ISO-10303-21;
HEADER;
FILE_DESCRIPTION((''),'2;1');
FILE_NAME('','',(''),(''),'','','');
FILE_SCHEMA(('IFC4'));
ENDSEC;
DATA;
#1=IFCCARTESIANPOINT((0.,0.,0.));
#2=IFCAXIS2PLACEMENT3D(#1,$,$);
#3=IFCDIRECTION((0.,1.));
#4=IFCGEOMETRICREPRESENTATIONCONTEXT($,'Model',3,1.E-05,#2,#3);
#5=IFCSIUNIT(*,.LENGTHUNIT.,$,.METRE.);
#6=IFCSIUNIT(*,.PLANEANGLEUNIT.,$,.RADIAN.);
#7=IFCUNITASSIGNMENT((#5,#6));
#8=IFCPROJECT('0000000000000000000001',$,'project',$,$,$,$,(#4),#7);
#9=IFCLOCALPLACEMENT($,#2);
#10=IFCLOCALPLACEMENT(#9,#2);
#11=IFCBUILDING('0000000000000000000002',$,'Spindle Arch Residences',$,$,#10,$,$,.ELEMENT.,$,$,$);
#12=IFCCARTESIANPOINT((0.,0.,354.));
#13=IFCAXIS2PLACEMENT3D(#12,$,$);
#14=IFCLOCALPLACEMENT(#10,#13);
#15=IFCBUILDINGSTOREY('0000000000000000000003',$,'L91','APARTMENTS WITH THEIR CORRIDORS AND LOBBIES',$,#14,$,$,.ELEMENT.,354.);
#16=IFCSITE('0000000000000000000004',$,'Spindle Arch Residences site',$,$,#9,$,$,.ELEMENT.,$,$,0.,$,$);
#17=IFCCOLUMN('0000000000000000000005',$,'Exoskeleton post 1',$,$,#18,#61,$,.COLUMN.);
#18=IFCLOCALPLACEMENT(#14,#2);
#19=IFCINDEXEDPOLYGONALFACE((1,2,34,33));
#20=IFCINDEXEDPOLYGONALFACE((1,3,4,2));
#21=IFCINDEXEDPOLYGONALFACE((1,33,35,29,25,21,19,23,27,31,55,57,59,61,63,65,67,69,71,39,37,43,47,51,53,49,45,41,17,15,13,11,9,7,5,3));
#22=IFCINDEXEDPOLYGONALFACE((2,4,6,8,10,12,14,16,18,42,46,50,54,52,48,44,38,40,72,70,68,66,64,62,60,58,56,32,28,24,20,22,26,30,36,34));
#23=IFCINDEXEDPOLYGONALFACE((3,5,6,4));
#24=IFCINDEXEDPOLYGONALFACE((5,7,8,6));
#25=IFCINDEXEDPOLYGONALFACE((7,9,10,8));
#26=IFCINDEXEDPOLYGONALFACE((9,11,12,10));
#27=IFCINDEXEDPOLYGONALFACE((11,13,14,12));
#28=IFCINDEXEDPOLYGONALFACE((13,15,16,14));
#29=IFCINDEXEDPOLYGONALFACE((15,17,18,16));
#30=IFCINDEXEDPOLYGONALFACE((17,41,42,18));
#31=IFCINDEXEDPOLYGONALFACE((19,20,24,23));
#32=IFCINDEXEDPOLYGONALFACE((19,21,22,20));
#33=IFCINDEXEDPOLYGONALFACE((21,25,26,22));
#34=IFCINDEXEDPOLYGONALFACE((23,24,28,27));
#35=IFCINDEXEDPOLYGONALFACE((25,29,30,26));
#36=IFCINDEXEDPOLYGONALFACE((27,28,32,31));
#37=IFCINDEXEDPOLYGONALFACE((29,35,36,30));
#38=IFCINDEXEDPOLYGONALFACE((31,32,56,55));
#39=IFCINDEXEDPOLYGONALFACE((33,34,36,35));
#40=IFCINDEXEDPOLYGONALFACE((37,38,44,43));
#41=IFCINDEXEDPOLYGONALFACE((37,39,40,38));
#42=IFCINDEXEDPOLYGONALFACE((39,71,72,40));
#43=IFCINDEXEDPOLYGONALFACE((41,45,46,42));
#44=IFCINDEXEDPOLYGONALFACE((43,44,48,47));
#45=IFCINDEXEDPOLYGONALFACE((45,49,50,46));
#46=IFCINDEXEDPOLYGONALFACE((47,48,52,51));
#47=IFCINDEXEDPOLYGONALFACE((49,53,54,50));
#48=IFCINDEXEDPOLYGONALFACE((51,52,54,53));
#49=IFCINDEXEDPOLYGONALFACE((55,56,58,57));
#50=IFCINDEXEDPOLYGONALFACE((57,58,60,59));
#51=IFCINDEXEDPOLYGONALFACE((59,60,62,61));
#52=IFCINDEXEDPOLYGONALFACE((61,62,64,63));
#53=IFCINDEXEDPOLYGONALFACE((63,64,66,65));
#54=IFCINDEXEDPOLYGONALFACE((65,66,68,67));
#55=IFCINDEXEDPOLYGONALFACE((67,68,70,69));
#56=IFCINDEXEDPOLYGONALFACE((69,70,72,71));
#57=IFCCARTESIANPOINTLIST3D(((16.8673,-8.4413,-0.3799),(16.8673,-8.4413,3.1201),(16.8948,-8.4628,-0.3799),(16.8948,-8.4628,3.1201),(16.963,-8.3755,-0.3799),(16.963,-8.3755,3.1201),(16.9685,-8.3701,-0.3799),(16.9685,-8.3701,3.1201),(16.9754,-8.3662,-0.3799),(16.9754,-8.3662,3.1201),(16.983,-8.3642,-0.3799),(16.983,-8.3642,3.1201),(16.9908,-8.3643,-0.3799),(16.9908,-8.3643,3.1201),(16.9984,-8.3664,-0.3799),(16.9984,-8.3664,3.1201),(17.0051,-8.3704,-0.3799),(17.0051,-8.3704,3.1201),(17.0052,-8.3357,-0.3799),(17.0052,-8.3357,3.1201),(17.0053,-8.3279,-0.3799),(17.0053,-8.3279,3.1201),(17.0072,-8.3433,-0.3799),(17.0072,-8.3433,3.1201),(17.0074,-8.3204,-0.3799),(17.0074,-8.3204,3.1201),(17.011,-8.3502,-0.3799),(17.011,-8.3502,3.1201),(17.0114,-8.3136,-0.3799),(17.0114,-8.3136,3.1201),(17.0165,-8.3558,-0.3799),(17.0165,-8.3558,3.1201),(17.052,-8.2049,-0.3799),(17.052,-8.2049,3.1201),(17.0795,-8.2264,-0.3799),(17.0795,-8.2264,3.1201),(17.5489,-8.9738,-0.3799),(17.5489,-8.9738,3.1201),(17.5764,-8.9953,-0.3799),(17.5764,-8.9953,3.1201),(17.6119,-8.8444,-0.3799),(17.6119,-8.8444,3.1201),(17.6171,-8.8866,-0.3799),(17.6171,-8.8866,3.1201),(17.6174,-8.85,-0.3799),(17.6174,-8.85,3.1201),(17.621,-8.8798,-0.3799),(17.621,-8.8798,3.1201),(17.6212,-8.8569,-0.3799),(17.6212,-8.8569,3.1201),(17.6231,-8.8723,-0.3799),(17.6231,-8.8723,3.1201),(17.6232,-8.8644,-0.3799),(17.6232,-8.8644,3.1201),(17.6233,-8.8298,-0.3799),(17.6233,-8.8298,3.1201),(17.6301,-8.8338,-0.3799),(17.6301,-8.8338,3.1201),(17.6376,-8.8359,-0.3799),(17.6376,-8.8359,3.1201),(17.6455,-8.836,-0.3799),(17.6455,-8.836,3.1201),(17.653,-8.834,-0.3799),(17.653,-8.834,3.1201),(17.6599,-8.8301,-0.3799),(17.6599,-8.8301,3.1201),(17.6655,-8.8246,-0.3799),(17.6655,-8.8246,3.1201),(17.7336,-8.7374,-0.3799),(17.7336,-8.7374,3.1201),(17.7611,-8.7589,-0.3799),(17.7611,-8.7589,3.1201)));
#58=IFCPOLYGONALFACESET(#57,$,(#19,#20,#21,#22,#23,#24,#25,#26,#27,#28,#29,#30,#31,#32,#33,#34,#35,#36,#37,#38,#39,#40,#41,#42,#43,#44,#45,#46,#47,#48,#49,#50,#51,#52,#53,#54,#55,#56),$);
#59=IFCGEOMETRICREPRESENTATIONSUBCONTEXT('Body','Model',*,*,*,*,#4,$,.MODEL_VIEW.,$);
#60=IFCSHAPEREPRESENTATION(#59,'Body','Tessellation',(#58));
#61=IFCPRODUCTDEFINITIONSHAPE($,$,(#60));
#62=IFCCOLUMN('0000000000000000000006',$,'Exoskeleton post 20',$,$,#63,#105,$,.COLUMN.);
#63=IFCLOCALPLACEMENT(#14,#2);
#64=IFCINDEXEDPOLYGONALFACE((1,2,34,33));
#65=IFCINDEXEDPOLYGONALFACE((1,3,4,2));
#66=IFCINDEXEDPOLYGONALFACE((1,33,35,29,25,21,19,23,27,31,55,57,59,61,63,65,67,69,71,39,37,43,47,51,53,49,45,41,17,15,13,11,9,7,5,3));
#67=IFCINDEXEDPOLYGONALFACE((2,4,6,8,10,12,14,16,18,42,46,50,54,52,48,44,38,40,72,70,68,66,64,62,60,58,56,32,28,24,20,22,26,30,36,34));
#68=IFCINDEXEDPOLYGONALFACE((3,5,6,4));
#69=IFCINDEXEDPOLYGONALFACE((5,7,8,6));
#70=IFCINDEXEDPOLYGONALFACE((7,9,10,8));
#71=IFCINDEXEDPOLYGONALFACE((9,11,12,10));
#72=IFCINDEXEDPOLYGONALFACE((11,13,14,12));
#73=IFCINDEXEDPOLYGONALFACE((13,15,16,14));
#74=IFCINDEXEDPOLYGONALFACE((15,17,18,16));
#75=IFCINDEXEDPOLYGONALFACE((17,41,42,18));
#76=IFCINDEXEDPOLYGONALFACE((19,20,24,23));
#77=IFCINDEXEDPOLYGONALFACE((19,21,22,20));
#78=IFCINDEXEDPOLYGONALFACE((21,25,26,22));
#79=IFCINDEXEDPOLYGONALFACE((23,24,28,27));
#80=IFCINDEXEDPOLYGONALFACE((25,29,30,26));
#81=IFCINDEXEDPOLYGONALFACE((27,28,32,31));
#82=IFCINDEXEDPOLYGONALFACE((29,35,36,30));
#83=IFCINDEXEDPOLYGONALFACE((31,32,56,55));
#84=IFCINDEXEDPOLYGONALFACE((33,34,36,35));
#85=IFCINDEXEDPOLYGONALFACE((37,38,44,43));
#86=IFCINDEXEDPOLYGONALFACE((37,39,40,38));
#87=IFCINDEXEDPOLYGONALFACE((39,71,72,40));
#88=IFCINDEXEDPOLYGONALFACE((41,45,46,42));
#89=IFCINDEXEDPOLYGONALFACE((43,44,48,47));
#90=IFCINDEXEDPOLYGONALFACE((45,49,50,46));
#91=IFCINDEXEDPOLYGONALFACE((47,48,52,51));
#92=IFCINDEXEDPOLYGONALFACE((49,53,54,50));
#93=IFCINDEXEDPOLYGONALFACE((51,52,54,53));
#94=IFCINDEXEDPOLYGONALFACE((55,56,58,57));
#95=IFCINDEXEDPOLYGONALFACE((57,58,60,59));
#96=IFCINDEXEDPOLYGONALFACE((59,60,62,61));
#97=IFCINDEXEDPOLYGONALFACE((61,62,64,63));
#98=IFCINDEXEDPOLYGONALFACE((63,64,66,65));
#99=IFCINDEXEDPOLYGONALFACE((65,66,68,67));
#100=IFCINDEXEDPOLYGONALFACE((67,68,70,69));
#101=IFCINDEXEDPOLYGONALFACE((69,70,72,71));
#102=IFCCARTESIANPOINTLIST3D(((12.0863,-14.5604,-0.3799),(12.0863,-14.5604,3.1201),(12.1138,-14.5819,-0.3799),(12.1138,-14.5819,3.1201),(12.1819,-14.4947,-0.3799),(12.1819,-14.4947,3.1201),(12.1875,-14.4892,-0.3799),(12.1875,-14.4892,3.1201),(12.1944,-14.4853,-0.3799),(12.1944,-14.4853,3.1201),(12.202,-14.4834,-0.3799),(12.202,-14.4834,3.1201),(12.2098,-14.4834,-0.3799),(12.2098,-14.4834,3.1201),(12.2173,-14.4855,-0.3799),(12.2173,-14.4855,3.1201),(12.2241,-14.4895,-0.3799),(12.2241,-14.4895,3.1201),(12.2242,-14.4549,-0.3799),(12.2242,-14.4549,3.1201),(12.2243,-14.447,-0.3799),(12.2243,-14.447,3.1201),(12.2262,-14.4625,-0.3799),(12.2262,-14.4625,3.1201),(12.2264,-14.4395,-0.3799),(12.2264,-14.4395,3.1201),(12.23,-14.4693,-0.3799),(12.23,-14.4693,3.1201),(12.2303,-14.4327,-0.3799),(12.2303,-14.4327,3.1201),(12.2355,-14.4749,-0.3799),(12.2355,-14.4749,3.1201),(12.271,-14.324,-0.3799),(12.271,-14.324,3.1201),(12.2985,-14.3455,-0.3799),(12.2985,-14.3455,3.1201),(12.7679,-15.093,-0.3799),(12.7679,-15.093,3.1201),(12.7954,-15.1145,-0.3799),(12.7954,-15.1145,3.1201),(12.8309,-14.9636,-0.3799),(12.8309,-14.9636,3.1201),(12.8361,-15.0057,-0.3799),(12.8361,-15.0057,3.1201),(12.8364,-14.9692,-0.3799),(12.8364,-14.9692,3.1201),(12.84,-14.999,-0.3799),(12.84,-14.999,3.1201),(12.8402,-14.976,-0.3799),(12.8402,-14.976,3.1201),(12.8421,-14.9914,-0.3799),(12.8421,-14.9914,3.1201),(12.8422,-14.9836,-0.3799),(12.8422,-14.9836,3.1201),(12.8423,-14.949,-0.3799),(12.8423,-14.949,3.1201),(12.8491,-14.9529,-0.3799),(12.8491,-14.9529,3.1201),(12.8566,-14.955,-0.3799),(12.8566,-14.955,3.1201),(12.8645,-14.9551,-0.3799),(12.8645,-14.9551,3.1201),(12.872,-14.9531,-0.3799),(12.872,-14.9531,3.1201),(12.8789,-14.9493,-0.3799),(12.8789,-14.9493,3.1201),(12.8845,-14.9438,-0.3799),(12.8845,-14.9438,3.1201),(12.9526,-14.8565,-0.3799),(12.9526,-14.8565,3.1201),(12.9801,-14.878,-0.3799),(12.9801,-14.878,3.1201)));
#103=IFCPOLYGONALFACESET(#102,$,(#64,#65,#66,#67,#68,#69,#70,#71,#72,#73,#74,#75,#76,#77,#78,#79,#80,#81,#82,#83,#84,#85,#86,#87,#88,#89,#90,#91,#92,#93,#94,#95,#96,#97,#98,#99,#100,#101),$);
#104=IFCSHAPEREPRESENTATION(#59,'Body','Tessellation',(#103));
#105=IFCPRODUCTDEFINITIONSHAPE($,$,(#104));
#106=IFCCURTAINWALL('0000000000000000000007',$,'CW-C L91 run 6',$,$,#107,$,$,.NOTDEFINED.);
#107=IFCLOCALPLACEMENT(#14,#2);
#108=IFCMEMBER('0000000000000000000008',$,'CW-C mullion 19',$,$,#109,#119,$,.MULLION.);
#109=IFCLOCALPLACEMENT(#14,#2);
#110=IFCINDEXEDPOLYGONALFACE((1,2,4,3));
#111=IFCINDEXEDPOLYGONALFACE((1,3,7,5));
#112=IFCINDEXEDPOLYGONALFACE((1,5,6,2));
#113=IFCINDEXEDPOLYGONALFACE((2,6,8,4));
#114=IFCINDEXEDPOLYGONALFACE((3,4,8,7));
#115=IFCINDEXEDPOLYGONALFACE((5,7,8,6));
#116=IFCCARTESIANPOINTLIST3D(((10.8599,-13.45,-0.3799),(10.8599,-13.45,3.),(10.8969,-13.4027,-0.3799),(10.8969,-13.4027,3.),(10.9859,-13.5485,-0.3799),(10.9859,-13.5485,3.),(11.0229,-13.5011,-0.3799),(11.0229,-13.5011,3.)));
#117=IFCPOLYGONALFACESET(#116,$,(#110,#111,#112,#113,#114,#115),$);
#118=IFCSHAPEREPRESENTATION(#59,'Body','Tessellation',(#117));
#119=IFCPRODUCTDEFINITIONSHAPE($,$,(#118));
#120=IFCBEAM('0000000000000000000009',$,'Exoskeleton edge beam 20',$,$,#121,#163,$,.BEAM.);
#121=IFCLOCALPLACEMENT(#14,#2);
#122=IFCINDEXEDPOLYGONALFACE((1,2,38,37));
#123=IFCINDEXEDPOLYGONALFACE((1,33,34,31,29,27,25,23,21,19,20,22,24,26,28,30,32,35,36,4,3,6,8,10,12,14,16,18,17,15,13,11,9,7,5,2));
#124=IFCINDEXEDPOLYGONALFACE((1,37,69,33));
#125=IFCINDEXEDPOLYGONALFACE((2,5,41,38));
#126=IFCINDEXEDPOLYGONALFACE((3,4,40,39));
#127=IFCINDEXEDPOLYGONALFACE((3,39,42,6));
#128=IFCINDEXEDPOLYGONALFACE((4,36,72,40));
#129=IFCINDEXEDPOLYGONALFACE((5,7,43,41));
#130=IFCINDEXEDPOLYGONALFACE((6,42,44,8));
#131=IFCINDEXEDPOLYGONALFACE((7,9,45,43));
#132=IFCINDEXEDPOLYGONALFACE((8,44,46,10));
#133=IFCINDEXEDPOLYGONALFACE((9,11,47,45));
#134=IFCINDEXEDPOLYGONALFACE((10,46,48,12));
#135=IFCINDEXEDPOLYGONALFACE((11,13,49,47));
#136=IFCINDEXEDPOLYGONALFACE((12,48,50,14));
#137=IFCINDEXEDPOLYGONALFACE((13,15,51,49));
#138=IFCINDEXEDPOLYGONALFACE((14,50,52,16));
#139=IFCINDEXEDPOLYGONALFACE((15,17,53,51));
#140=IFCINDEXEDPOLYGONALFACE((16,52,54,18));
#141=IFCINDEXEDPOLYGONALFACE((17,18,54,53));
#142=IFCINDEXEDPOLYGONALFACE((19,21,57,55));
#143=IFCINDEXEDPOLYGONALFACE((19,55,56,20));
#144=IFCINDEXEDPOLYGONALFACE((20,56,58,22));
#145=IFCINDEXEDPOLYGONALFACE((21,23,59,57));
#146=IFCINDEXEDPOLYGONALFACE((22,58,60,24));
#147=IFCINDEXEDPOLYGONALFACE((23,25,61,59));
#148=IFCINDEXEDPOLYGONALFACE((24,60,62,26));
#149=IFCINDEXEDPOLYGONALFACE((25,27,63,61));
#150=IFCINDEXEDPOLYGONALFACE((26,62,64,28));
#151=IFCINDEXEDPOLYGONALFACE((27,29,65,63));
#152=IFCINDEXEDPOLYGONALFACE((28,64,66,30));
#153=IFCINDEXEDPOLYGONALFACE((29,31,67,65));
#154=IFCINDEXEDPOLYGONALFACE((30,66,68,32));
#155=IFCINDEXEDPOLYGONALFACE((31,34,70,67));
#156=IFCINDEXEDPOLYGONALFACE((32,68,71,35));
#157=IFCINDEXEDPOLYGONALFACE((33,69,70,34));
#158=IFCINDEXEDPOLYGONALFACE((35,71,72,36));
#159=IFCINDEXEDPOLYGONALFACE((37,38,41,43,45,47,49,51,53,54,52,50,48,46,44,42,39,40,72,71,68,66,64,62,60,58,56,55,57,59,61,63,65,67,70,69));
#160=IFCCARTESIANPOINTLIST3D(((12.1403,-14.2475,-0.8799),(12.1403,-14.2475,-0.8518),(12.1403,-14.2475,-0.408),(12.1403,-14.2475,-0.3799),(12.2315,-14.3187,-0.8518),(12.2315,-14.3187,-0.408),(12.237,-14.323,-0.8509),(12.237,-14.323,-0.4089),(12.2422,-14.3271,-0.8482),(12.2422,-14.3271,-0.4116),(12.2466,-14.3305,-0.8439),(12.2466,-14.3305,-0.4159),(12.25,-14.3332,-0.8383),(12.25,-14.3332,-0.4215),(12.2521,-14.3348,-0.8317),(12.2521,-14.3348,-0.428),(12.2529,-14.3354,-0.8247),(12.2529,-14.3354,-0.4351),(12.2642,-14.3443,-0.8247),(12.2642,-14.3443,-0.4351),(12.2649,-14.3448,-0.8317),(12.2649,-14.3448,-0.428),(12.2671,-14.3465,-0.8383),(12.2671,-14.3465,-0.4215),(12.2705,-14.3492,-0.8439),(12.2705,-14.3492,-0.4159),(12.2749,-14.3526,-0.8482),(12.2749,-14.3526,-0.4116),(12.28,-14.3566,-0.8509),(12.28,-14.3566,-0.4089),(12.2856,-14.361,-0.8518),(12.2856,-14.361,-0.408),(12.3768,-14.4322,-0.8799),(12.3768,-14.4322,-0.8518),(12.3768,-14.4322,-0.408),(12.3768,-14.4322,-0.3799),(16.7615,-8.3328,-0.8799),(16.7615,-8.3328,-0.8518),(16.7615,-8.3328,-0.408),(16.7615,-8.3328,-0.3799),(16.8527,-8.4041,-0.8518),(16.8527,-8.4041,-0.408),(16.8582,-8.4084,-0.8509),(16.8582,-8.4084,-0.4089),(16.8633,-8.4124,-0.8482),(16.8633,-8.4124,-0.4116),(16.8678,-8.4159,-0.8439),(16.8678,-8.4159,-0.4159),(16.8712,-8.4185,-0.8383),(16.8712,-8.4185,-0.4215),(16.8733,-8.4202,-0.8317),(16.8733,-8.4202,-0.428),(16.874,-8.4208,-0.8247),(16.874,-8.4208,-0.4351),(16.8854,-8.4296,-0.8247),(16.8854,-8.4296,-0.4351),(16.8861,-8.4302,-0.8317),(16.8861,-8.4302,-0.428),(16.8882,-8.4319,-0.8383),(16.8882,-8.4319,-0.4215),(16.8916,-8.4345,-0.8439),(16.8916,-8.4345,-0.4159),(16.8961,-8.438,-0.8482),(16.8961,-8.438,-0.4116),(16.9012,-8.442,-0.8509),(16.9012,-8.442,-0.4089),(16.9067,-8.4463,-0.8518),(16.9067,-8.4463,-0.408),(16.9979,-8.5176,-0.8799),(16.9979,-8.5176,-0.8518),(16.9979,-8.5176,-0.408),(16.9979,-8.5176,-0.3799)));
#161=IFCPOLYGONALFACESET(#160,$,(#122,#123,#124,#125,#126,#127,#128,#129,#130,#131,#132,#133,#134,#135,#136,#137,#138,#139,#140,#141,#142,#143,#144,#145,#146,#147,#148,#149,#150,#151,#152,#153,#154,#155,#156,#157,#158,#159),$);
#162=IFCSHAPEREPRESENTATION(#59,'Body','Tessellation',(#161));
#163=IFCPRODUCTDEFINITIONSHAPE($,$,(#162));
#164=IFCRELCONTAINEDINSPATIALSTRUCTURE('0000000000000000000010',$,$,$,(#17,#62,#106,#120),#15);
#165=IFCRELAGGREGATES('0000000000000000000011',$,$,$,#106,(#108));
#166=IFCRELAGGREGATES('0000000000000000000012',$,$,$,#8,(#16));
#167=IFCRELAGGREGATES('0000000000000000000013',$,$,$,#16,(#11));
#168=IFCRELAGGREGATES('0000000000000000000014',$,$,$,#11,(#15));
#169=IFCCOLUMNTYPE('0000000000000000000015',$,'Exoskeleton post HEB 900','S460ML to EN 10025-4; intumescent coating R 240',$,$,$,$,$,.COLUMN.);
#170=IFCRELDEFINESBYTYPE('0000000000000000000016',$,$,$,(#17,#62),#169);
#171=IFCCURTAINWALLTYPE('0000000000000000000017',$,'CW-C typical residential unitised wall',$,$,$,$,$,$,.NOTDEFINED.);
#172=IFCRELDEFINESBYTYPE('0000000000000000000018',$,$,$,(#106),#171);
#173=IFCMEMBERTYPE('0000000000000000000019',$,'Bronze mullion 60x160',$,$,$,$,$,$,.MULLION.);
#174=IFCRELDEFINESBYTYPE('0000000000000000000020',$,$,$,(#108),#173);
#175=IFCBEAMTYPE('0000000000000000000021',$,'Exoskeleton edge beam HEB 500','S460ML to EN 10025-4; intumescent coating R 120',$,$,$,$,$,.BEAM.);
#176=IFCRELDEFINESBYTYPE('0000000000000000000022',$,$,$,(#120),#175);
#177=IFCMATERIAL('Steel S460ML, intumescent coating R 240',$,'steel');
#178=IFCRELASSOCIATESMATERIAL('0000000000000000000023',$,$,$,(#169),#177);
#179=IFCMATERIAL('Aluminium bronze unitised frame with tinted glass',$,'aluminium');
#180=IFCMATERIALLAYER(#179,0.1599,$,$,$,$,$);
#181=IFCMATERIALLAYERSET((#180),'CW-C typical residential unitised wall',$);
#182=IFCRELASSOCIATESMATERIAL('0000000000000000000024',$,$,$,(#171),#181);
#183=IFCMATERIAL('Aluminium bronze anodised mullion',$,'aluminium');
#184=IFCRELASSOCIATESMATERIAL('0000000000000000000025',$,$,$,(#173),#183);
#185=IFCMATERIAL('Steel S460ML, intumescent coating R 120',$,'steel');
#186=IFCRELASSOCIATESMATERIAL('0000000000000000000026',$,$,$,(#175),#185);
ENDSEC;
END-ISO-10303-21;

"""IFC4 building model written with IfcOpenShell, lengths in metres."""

from ifc_helpers import new_model, si_unit, direction, frame, origin, origin_2d, place, context, subcontext, project, spatial, rectangle, i_section, extrude, material, layer, layer_set, material_profile, profile_set, type_object, element, aggregate, save


model = new_model("IFC4")

# Units and contexts
model_context = context("Model", 3, precision=1e-05, world=origin(), true_north=direction((0.0, 1.0)))
body_context = subcontext(model_context, "Body", "Model", "MODEL_VIEW")
ifc_project = project(units=[si_unit("LENGTHUNIT", "METRE"), si_unit("PLANEANGLEUNIT", "RADIAN")], contexts=[model_context])

# Site, building, storey
site_placement = place(None, origin())
site = spatial("IfcSite", under=ifc_project, at=site_placement, Name="Spindle Arch Residences site", CompositionType="ELEMENT", RefElevation=0.0)
building_placement = place(site_placement, origin())
building = spatial("IfcBuilding", under=site, at=building_placement, Name="Spindle Arch Residences", CompositionType="ELEMENT")
storey_placement = place(building_placement, frame((0.0, 0.0, 354.0)))
storey = spatial("IfcBuildingStorey", under=building, at=storey_placement, Name="L91", Description="APARTMENTS WITH THEIR CORRIDORS AND LOBBIES", CompositionType="ELEMENT", Elevation=354.0)

# Columns
ifc_material_1 = material(Name="Steel S460ML, intumescent coating R 240", Category="steel")
ifc_material_profile_1 = material_profile(ifc_material_1, i_section(OverallWidth=0.3, OverallDepth=0.8999, WebThickness=0.0186, FlangeThickness=0.0349, FilletRadius=0.03, at=origin_2d()), Name="HEB 900")
ifc_profile_set_1 = profile_set([ifc_material_profile_1], Name="Steel S460ML, intumescent coating R 240")
column_type = type_object("IfcColumnType", Name="Exoskeleton post HEB 900", Description="S460ML to EN 10025-4; intumescent coating R 240", PredefinedType="COLUMN", material=ifc_profile_set_1)
for number, where, z_axis, x_axis, name in (
    (1, (17.3142, -8.6001, -0.3799), (0.0, 0.0, 1.0), (-0.615661, -0.788011, 0.0), "Exoskeleton post 1"),
    (2, (12.5332, -14.7192, -0.3799), (0.0, 0.0, 1.0), (-0.615661, -0.788011, 0.0), "Exoskeleton post 20"),
):
    element("IfcColumn", number, at=place(storey_placement, frame(where, z_axis=z_axis, x_axis=x_axis)), inside=storey, type_object=column_type, Name=name, PredefinedType="COLUMN", context=body_context, shape_type="SweptSolid", body=[
        extrude(i_section(OverallWidth=0.3, OverallDepth=0.8999, WebThickness=0.0186, FlangeThickness=0.0349, FilletRadius=0.03, at=origin_2d()), origin(), (0.0, 0.0, 1.0), 3.5),
    ])

# Curtain wall, member
ifc_material_2 = material(Name="Aluminium bronze unitised frame with tinted glass", Category="aluminium")
ifc_layer_1 = layer(ifc_material_2, 0.1599)
ifc_layer_set_1 = layer_set([ifc_layer_1], Name="CW-C typical residential unitised wall")
curtain_wall_type = type_object("IfcCurtainWallType", Name="CW-C typical residential unitised wall", PredefinedType="NOTDEFINED", material=ifc_layer_set_1)
curtain_wall_placement = place(storey_placement, origin())
curtain_wall = element("IfcCurtainWall", 3, at=curtain_wall_placement, inside=storey, type_object=curtain_wall_type, Name="CW-C L91 run 6", PredefinedType="NOTDEFINED")
ifc_material_3 = material(Name="Aluminium bronze anodised mullion", Category="aluminium")
ifc_material_profile_2 = material_profile(ifc_material_3, rectangle(XDim=0.1599, YDim=0.0601, at=origin_2d()), Name="MU 60x160")
ifc_profile_set_2 = profile_set([ifc_material_profile_2], Name="Aluminium bronze anodised mullion")
member_type = type_object("IfcMemberType", Name="Bronze mullion 60x160", PredefinedType="MULLION", material=ifc_profile_set_2)
member_placement = place(storey_placement, frame((10.9414, -13.4756, -0.3799), z_axis=(0.0, 0.0, 1.0), x_axis=(-0.788011, 0.615661, 0.0)))
member = element("IfcMember", 4, at=member_placement, type_object=member_type, Name="CW-C mullion 19", PredefinedType="MULLION", context=body_context, shape_type="SweptSolid", body=[
    extrude(rectangle(XDim=0.1599, YDim=0.0601, at=origin_2d()), origin(), (0.0, 0.0, 1.0), 3.3799),
])

# Beam
ifc_material_4 = material(Name="Steel S460ML, intumescent coating R 120", Category="steel")
ifc_material_profile_3 = material_profile(ifc_material_4, i_section(OverallWidth=0.3, OverallDepth=0.5, WebThickness=0.0144, FlangeThickness=0.0281, FilletRadius=0.0271, at=origin_2d()), Name="HEB 500")
ifc_profile_set_3 = profile_set([ifc_material_profile_3], Name="Steel S460ML, intumescent coating R 120")
beam_type_1 = type_object("IfcBeamType", Name="Exoskeleton edge beam HEB 500", Description="S460ML to EN 10025-4; intumescent coating R 120", PredefinedType="BEAM", material=ifc_profile_set_3)
beam_placement = place(storey_placement, frame((12.2585, -14.3398, -0.6299), z_axis=(0.615673, 0.788002, 0.0), x_axis=(-0.788002, 0.615673, 0.0)))
element("IfcBeam", 5, at=beam_placement, inside=storey, type_object=beam_type_1, Name="Exoskeleton edge beam 20", PredefinedType="BEAM", context=body_context, shape_type="SweptSolid", body=[
    extrude(i_section(OverallWidth=0.3, OverallDepth=0.5, WebThickness=0.0144, FlangeThickness=0.0281, FilletRadius=0.0271, at=origin_2d()), origin(), (0.0, 0.0, 1.0), 7.5059),
])

aggregate(curtain_wall, [member])

save(model, "model.ifc")
